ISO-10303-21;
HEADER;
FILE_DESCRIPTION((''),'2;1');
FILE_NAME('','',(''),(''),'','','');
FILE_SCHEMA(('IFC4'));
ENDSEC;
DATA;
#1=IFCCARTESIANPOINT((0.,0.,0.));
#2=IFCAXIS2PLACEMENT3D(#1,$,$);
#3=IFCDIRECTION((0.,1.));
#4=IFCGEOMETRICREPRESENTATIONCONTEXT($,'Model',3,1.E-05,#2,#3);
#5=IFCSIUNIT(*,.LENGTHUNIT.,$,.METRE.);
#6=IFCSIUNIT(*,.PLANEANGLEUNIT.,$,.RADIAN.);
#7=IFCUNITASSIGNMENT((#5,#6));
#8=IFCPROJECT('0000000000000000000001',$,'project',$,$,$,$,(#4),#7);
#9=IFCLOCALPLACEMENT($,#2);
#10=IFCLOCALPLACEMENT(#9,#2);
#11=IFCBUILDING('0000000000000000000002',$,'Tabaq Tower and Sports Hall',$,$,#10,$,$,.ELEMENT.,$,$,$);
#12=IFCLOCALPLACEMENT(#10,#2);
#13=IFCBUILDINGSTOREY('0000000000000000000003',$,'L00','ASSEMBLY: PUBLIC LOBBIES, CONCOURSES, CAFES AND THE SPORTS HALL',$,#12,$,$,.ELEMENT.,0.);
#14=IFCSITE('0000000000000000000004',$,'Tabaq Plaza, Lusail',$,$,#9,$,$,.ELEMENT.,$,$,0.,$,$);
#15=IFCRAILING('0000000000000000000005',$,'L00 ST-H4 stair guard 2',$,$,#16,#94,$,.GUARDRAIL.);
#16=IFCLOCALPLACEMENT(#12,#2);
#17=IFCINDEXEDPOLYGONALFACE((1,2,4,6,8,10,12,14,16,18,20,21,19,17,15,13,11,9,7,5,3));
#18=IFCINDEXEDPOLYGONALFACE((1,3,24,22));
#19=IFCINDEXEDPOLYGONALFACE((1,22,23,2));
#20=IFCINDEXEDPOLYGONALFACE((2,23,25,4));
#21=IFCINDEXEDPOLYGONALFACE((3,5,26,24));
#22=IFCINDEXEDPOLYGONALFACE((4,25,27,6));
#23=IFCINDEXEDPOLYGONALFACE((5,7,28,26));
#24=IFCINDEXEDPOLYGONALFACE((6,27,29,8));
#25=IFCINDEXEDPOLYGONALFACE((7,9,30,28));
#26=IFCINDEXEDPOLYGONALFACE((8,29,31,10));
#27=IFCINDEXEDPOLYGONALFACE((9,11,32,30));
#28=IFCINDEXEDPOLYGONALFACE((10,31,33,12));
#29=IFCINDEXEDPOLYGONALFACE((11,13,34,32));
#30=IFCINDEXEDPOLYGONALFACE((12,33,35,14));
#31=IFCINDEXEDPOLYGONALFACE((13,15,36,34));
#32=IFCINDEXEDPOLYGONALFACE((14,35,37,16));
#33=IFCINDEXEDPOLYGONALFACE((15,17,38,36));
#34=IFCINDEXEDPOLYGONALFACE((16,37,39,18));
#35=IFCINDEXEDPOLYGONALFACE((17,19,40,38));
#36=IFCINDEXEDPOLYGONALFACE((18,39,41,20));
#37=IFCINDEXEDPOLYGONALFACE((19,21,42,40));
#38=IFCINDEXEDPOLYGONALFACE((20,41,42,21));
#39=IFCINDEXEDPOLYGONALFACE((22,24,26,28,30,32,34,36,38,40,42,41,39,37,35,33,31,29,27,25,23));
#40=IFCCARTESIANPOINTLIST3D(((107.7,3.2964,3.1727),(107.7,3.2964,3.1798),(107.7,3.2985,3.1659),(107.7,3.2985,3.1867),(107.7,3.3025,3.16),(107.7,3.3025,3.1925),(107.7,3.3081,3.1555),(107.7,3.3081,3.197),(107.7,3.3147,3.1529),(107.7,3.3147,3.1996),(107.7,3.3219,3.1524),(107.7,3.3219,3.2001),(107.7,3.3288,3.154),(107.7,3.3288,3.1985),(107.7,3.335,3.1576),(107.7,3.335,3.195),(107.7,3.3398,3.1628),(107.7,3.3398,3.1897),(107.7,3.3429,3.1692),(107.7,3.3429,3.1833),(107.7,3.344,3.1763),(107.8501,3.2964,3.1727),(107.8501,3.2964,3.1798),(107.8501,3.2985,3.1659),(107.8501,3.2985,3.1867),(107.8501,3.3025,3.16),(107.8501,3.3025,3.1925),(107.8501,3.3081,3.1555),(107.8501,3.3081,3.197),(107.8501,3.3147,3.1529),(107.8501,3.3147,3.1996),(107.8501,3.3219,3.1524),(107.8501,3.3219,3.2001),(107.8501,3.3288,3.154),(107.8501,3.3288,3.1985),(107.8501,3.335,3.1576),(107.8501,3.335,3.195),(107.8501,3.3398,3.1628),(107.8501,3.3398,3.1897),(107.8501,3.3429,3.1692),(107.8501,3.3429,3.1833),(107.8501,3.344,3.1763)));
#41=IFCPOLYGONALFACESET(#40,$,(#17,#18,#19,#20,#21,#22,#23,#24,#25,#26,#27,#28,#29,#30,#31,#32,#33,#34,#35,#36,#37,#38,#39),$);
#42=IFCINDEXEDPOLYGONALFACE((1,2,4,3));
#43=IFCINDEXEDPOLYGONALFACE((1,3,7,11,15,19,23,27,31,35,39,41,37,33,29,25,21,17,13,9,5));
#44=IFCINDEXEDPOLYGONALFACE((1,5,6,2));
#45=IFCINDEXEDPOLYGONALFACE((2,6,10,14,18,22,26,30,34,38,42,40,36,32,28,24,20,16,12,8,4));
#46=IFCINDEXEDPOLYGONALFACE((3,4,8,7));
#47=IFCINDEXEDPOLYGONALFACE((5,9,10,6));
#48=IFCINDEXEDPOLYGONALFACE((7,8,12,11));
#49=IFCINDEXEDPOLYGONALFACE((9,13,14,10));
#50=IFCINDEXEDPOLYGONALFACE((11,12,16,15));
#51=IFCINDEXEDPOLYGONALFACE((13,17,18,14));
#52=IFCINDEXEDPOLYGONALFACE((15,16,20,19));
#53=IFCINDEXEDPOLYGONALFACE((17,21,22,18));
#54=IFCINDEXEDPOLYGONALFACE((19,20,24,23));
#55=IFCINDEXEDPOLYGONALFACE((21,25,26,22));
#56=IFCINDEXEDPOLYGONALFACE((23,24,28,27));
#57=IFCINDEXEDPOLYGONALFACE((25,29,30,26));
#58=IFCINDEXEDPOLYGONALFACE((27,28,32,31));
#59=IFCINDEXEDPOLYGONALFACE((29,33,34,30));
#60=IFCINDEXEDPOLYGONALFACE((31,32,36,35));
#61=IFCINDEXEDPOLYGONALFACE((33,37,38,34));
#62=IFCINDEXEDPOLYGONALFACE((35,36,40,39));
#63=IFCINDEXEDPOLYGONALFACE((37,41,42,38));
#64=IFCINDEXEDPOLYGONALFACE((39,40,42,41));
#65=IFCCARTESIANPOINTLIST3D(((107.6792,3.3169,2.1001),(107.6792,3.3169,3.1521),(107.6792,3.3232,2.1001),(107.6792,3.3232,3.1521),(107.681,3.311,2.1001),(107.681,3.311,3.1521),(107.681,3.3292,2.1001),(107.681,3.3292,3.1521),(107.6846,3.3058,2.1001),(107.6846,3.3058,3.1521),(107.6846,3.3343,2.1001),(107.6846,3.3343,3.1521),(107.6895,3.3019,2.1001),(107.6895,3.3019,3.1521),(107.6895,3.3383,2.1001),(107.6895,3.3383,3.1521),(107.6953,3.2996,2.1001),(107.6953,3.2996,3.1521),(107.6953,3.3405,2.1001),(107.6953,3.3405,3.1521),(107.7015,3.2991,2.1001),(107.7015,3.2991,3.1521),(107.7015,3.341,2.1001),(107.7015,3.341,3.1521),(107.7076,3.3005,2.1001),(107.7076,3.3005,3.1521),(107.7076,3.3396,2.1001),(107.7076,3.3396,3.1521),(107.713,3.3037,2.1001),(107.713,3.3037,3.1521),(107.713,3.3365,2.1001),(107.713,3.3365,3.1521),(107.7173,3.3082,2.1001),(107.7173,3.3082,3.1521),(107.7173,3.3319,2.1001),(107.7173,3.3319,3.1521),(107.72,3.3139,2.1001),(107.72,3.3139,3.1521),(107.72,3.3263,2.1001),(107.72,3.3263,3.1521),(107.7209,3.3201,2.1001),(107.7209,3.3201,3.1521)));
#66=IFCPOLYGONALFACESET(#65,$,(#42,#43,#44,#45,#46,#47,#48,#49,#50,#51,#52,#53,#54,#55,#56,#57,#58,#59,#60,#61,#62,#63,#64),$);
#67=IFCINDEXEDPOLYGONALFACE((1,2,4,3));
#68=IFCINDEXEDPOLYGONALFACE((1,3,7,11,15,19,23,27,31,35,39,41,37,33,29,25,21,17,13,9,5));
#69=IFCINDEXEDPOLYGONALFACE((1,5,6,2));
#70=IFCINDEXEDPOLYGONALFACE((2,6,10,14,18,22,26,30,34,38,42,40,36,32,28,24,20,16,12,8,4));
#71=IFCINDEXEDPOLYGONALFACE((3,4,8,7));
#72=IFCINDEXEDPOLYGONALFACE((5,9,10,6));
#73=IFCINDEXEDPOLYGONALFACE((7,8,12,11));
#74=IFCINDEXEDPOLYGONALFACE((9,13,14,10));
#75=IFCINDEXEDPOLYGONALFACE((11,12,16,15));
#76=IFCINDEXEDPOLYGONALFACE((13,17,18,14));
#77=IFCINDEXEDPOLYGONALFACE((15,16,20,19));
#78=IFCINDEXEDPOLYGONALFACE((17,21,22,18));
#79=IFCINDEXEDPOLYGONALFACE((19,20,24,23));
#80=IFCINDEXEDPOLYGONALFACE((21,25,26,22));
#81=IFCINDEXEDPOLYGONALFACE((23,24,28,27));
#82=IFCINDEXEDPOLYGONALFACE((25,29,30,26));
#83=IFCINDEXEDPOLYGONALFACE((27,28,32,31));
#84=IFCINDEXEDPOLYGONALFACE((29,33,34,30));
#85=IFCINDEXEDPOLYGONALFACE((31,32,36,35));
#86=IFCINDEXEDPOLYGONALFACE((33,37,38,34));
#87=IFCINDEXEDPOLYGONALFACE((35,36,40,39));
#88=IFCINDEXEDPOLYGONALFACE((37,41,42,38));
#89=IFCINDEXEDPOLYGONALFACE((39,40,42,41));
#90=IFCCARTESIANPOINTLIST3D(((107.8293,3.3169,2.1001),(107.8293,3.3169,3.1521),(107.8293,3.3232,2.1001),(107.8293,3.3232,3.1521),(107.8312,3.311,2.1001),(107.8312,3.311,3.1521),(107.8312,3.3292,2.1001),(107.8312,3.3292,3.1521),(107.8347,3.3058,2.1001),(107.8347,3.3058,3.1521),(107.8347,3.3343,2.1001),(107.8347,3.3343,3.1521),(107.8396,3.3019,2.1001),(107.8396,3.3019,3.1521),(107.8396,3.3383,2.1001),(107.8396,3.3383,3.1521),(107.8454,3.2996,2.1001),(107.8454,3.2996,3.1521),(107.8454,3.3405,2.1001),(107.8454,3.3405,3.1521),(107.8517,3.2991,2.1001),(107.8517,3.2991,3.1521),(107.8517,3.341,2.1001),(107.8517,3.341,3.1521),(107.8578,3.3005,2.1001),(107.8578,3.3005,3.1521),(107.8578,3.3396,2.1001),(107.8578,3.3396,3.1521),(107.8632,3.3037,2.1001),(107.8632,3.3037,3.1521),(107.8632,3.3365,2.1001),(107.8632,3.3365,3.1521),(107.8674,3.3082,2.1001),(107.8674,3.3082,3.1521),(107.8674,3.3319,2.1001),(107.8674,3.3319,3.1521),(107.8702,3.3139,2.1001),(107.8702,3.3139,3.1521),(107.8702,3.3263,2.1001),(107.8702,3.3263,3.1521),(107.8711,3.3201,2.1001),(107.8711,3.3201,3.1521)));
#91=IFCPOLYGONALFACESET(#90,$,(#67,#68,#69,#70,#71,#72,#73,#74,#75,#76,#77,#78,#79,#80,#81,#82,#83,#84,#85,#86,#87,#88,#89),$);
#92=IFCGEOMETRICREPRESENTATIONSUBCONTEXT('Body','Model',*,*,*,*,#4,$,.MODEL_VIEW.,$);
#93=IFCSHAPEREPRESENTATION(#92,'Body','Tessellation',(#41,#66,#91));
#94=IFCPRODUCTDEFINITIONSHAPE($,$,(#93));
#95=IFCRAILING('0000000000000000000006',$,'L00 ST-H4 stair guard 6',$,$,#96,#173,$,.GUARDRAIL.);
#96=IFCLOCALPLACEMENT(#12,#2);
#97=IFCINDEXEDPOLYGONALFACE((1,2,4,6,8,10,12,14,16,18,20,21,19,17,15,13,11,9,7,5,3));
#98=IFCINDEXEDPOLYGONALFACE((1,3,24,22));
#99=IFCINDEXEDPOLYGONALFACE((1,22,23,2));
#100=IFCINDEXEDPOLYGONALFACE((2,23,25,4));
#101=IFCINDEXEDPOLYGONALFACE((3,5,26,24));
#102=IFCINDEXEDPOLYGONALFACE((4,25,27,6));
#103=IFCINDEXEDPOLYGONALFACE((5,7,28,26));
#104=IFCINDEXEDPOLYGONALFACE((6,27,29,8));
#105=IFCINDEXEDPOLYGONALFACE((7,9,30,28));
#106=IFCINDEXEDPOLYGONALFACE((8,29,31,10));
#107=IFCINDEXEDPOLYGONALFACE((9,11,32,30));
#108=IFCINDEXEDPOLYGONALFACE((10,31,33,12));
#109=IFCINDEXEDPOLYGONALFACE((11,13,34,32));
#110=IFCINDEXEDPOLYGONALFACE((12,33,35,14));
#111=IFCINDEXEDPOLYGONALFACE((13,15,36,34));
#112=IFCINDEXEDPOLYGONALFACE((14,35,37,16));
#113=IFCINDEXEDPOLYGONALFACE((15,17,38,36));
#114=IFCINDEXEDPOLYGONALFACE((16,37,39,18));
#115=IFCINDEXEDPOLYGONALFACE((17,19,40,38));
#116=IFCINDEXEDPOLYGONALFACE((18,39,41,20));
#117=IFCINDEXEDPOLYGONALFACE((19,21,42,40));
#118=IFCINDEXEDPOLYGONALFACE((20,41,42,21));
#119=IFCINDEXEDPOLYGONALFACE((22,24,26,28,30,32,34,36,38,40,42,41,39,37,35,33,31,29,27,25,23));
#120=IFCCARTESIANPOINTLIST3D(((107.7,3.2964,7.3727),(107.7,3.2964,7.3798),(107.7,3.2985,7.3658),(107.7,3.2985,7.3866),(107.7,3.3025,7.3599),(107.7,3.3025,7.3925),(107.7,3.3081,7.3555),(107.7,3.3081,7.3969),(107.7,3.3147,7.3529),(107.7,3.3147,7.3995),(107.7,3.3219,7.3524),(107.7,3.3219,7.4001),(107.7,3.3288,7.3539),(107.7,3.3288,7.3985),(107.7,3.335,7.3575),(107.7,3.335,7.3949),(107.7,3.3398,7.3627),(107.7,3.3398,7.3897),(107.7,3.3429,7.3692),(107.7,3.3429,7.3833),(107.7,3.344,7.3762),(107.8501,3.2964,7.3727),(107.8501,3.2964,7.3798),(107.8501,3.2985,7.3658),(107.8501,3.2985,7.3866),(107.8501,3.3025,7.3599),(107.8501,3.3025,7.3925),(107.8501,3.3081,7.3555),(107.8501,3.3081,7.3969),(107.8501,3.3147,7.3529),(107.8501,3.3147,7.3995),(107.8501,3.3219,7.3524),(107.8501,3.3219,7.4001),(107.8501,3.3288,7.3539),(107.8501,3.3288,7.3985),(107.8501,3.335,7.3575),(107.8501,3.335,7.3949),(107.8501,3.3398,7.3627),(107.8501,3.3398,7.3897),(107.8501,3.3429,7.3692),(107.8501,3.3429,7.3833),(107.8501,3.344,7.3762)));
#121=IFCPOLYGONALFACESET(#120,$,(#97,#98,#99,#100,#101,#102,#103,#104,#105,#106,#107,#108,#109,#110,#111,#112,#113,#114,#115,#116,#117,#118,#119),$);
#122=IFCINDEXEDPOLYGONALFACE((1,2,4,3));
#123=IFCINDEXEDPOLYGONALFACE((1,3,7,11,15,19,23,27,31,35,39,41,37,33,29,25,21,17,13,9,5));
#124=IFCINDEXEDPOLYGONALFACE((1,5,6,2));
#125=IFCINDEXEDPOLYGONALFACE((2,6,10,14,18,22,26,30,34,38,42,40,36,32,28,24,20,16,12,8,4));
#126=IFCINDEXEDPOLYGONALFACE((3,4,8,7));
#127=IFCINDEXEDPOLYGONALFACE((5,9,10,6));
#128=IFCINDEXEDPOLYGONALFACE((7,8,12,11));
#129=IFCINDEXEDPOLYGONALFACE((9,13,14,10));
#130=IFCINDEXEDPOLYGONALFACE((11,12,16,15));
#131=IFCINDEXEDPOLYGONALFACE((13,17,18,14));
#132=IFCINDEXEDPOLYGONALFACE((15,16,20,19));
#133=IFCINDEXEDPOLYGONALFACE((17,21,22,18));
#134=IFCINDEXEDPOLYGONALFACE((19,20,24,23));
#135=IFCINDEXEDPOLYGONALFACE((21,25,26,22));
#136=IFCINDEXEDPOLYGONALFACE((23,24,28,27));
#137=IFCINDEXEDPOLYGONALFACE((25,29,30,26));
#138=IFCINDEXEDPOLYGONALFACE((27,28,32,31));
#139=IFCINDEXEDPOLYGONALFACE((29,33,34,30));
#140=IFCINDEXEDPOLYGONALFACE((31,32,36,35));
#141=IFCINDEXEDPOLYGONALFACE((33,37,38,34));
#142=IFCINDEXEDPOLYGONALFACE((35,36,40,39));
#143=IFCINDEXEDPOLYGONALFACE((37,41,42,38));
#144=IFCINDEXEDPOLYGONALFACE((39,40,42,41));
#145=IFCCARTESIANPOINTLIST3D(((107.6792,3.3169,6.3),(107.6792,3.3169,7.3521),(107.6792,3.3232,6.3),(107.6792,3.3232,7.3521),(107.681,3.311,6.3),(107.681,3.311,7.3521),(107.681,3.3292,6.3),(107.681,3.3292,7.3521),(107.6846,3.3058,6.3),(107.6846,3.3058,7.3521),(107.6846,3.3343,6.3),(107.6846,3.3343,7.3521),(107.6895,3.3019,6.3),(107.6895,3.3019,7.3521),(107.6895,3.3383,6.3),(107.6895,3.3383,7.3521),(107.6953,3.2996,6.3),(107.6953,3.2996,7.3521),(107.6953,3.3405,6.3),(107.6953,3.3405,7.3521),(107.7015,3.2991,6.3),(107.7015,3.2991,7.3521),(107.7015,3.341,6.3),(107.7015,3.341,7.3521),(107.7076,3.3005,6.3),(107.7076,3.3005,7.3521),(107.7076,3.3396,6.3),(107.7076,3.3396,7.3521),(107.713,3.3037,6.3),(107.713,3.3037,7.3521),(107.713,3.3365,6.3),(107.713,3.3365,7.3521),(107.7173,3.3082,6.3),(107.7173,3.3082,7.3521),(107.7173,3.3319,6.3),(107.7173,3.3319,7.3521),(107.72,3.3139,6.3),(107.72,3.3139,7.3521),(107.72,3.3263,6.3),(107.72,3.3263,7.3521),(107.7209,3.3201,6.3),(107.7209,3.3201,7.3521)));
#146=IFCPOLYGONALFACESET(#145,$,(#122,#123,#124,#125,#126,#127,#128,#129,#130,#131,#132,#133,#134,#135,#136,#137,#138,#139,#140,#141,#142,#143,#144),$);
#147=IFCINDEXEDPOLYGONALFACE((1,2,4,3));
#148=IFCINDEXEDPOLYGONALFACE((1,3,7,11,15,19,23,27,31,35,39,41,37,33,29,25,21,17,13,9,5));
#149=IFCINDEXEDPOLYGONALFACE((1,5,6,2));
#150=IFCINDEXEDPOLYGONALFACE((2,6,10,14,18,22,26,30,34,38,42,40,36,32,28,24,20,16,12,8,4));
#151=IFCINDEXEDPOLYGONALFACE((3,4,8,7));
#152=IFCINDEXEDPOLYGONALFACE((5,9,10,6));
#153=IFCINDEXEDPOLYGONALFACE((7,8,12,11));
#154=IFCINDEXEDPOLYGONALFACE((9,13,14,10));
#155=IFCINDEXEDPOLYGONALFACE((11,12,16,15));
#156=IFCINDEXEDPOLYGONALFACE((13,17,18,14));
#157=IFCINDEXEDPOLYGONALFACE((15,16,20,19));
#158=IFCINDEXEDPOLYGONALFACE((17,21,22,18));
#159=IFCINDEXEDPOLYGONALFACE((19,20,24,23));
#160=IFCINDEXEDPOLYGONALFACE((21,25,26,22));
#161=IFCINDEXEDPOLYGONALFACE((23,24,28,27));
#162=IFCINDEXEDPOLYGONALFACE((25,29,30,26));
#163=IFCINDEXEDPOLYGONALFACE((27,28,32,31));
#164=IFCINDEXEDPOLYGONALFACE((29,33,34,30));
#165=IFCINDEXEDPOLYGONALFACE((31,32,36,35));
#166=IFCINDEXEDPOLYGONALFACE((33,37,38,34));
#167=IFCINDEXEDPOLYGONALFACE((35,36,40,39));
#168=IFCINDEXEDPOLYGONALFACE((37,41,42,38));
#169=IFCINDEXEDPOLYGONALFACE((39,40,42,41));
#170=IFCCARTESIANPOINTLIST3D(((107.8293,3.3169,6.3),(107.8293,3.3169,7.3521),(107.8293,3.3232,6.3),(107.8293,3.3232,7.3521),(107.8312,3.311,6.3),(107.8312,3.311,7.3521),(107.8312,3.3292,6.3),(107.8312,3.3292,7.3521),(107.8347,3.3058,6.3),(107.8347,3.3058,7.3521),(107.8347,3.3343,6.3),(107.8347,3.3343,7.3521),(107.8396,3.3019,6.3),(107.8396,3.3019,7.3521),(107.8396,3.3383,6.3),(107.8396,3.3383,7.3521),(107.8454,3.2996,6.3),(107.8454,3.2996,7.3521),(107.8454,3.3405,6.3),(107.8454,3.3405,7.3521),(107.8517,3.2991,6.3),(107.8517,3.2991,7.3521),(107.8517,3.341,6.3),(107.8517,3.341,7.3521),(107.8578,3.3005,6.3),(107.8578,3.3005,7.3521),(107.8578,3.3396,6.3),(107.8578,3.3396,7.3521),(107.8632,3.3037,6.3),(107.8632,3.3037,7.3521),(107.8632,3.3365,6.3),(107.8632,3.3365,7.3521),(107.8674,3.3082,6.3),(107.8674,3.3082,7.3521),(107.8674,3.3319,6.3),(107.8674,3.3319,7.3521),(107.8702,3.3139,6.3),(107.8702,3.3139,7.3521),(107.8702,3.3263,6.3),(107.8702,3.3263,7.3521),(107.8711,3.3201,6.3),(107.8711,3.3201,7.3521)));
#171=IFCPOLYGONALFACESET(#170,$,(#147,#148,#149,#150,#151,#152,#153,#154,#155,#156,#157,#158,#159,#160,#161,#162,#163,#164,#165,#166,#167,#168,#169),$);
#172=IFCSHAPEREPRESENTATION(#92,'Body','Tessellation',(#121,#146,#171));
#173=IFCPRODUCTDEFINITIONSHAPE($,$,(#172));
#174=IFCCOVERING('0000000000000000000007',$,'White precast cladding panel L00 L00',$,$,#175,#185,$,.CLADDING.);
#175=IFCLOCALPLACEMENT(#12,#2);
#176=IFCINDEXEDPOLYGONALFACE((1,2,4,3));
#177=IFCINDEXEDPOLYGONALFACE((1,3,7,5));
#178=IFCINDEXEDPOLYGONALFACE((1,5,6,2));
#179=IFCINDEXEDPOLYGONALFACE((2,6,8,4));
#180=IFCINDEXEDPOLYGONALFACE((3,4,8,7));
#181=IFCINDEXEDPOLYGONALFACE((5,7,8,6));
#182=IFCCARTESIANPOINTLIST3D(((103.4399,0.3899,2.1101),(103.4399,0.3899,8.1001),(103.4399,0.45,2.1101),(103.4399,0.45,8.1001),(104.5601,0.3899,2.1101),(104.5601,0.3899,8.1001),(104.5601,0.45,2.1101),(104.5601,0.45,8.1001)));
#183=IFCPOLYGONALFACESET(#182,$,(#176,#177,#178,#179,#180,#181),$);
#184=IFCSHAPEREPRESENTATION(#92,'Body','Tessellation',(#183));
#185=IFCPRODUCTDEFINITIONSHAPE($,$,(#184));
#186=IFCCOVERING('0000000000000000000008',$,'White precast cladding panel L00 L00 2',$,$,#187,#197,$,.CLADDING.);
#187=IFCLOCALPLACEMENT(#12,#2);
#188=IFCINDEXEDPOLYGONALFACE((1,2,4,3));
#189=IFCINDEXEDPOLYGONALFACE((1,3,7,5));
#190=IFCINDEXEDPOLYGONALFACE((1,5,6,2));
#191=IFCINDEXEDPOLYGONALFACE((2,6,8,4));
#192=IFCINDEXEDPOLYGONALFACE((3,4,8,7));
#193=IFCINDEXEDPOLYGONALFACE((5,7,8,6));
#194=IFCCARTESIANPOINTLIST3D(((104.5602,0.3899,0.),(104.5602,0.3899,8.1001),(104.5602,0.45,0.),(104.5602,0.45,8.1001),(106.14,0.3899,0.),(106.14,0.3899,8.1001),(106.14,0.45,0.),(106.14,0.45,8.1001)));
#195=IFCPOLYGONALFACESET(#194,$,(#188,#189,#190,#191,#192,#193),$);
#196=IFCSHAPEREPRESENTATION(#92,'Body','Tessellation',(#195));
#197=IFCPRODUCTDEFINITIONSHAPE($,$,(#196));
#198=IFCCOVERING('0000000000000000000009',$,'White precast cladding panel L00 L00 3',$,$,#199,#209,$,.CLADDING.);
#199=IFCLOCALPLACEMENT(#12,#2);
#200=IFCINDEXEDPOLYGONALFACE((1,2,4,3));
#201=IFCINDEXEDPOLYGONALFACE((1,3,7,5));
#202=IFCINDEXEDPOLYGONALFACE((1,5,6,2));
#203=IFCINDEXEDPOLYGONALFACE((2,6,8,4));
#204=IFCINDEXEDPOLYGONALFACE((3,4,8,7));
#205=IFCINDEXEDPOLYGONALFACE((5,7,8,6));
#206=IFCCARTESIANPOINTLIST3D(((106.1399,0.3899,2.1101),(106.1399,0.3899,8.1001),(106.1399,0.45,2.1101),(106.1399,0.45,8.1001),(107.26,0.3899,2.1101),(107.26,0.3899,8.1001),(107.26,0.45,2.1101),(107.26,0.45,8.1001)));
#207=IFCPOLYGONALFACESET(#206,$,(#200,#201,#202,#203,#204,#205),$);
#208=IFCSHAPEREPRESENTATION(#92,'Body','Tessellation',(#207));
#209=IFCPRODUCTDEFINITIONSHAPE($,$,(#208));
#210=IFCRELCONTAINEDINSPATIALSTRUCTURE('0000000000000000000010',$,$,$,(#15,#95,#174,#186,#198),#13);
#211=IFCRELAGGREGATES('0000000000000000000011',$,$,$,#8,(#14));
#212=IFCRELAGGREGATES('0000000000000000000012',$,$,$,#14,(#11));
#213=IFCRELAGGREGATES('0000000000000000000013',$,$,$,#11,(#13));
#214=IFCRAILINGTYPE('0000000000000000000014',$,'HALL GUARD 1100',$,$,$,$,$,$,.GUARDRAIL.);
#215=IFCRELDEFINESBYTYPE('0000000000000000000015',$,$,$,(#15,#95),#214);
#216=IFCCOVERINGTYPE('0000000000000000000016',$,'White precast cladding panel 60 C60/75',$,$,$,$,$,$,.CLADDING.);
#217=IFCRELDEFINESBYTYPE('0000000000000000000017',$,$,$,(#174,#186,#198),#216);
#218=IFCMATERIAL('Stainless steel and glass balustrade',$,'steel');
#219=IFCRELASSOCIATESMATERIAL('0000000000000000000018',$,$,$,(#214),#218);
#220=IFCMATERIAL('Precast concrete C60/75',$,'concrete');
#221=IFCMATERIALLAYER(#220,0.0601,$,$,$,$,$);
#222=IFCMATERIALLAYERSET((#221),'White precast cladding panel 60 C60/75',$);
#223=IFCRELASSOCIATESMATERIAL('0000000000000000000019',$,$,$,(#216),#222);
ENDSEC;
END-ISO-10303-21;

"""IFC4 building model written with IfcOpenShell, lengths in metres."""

from ifc_helpers import new_model, si_unit, direction, frame, frame_2d, origin, origin_2d, place, context, subcontext, project, spatial, rectangle, circle, extrude, material, layer, layer_set, type_object, element, save


model = new_model("IFC4")

# Units and contexts
model_context = context("Model", 3, precision=1e-05, world=origin(), true_north=direction((0.0, 1.0)))
body_context = subcontext(model_context, "Body", "Model", "MODEL_VIEW")
ifc_project = project(units=[si_unit("LENGTHUNIT", "METRE"), si_unit("PLANEANGLEUNIT", "RADIAN")], contexts=[model_context])

# Site, building, storey
site_placement = place(None, origin())
site = spatial("IfcSite", under=ifc_project, at=site_placement, Name="Tabaq Plaza, Lusail", CompositionType="ELEMENT", RefElevation=0.0)
building_placement = place(site_placement, origin())
building = spatial("IfcBuilding", under=site, at=building_placement, Name="Tabaq Tower and Sports Hall", CompositionType="ELEMENT")
storey_placement = place(building_placement, origin())
storey = spatial("IfcBuildingStorey", under=building, at=storey_placement, Name="L00", Description="ASSEMBLY: PUBLIC LOBBIES, CONCOURSES, CAFES AND THE SPORTS HALL", CompositionType="ELEMENT", Elevation=0.0)

# Railings
ifc_material_1 = material(Name="Stainless steel and glass balustrade", Category="steel")
railing_type = type_object("IfcRailingType", Name="HALL GUARD 1100", PredefinedType="GUARDRAIL", material=ifc_material_1)
for number, where, name in (
    (1, (107.7, 3.3201, 2.1001), "L00 ST-H4 stair guard 2"),
    (2, (107.7, 3.3201, 6.3), "L00 ST-H4 stair guard 6"),
):
    element("IfcRailing", number, at=place(storey_placement, frame(where)), inside=storey, type_object=railing_type, Name=name, PredefinedType="GUARDRAIL", context=body_context, shape_type="SweptSolid", body=[
        extrude(circle(Radius=0.0239, at=origin_2d()), frame((0.0, 0.0, 1.0762), z_axis=(1.0, 0.0, 0.0), x_axis=(0.0, 1.0, 0.0)), (0.0, 0.0, 1.0), 0.1501),
        extrude(circle(Radius=0.021, at=origin_2d()), origin(), (0.0, 0.0, 1.0), 1.052),
        extrude(circle(Radius=0.021, at=origin_2d()), frame((0.1501, 0.0, 0.0)), (0.0, 0.0, 1.0), 1.052),
    ])

# Coverings
ifc_material_2 = material(Name="Precast concrete C60/75", Category="concrete")
ifc_layer_1 = layer(ifc_material_2, 0.0601)
ifc_layer_set_1 = layer_set([ifc_layer_1], Name="White precast cladding panel 60 C60/75")
covering_type = type_object("IfcCoveringType", Name="White precast cladding panel 60 C60/75", PredefinedType="CLADDING", material=ifc_layer_set_1)
covering_1_placement = place(storey_placement, frame((103.4399, 0.4199, 2.1101), z_axis=(0.0, 0.0, 1.0), x_axis=(1.0, 0.0, 0.0)))
element("IfcCovering", 3, at=covering_1_placement, inside=storey, type_object=covering_type, Name="White precast cladding panel L00 L00", PredefinedType="CLADDING", context=body_context, shape_type="SweptSolid", body=[
    extrude(rectangle(XDim=1.1201, YDim=0.0601, at=frame_2d((0.5601, 0.0))), origin(), (0.0, 0.0, 1.0), 5.99),
])
covering_2_placement = place(storey_placement, frame((104.5601, 0.4199, 0.0), z_axis=(0.0, 0.0, 1.0), x_axis=(1.0, 0.0, 0.0)))
element("IfcCovering", 4, at=covering_2_placement, inside=storey, type_object=covering_type, Name="White precast cladding panel L00 L00 2", PredefinedType="CLADDING", context=body_context, shape_type="SweptSolid", body=[
    extrude(rectangle(XDim=1.5798, YDim=0.0601, at=frame_2d((0.79, 0.0))), origin(), (0.0, 0.0, 1.0), 8.1001),
])
covering_3_placement = place(storey_placement, frame((106.1399, 0.4199, 2.1101), z_axis=(0.0, 0.0, 1.0), x_axis=(1.0, 0.0, 0.0)))
element("IfcCovering", 5, at=covering_3_placement, inside=storey, type_object=covering_type, Name="White precast cladding panel L00 L00 3", PredefinedType="CLADDING", context=body_context, shape_type="SweptSolid", body=[
    extrude(rectangle(XDim=1.1201, YDim=0.0601, at=frame_2d((0.5601, 0.0))), origin(), (0.0, 0.0, 1.0), 5.99),
])

save(model, "model.ifc")
